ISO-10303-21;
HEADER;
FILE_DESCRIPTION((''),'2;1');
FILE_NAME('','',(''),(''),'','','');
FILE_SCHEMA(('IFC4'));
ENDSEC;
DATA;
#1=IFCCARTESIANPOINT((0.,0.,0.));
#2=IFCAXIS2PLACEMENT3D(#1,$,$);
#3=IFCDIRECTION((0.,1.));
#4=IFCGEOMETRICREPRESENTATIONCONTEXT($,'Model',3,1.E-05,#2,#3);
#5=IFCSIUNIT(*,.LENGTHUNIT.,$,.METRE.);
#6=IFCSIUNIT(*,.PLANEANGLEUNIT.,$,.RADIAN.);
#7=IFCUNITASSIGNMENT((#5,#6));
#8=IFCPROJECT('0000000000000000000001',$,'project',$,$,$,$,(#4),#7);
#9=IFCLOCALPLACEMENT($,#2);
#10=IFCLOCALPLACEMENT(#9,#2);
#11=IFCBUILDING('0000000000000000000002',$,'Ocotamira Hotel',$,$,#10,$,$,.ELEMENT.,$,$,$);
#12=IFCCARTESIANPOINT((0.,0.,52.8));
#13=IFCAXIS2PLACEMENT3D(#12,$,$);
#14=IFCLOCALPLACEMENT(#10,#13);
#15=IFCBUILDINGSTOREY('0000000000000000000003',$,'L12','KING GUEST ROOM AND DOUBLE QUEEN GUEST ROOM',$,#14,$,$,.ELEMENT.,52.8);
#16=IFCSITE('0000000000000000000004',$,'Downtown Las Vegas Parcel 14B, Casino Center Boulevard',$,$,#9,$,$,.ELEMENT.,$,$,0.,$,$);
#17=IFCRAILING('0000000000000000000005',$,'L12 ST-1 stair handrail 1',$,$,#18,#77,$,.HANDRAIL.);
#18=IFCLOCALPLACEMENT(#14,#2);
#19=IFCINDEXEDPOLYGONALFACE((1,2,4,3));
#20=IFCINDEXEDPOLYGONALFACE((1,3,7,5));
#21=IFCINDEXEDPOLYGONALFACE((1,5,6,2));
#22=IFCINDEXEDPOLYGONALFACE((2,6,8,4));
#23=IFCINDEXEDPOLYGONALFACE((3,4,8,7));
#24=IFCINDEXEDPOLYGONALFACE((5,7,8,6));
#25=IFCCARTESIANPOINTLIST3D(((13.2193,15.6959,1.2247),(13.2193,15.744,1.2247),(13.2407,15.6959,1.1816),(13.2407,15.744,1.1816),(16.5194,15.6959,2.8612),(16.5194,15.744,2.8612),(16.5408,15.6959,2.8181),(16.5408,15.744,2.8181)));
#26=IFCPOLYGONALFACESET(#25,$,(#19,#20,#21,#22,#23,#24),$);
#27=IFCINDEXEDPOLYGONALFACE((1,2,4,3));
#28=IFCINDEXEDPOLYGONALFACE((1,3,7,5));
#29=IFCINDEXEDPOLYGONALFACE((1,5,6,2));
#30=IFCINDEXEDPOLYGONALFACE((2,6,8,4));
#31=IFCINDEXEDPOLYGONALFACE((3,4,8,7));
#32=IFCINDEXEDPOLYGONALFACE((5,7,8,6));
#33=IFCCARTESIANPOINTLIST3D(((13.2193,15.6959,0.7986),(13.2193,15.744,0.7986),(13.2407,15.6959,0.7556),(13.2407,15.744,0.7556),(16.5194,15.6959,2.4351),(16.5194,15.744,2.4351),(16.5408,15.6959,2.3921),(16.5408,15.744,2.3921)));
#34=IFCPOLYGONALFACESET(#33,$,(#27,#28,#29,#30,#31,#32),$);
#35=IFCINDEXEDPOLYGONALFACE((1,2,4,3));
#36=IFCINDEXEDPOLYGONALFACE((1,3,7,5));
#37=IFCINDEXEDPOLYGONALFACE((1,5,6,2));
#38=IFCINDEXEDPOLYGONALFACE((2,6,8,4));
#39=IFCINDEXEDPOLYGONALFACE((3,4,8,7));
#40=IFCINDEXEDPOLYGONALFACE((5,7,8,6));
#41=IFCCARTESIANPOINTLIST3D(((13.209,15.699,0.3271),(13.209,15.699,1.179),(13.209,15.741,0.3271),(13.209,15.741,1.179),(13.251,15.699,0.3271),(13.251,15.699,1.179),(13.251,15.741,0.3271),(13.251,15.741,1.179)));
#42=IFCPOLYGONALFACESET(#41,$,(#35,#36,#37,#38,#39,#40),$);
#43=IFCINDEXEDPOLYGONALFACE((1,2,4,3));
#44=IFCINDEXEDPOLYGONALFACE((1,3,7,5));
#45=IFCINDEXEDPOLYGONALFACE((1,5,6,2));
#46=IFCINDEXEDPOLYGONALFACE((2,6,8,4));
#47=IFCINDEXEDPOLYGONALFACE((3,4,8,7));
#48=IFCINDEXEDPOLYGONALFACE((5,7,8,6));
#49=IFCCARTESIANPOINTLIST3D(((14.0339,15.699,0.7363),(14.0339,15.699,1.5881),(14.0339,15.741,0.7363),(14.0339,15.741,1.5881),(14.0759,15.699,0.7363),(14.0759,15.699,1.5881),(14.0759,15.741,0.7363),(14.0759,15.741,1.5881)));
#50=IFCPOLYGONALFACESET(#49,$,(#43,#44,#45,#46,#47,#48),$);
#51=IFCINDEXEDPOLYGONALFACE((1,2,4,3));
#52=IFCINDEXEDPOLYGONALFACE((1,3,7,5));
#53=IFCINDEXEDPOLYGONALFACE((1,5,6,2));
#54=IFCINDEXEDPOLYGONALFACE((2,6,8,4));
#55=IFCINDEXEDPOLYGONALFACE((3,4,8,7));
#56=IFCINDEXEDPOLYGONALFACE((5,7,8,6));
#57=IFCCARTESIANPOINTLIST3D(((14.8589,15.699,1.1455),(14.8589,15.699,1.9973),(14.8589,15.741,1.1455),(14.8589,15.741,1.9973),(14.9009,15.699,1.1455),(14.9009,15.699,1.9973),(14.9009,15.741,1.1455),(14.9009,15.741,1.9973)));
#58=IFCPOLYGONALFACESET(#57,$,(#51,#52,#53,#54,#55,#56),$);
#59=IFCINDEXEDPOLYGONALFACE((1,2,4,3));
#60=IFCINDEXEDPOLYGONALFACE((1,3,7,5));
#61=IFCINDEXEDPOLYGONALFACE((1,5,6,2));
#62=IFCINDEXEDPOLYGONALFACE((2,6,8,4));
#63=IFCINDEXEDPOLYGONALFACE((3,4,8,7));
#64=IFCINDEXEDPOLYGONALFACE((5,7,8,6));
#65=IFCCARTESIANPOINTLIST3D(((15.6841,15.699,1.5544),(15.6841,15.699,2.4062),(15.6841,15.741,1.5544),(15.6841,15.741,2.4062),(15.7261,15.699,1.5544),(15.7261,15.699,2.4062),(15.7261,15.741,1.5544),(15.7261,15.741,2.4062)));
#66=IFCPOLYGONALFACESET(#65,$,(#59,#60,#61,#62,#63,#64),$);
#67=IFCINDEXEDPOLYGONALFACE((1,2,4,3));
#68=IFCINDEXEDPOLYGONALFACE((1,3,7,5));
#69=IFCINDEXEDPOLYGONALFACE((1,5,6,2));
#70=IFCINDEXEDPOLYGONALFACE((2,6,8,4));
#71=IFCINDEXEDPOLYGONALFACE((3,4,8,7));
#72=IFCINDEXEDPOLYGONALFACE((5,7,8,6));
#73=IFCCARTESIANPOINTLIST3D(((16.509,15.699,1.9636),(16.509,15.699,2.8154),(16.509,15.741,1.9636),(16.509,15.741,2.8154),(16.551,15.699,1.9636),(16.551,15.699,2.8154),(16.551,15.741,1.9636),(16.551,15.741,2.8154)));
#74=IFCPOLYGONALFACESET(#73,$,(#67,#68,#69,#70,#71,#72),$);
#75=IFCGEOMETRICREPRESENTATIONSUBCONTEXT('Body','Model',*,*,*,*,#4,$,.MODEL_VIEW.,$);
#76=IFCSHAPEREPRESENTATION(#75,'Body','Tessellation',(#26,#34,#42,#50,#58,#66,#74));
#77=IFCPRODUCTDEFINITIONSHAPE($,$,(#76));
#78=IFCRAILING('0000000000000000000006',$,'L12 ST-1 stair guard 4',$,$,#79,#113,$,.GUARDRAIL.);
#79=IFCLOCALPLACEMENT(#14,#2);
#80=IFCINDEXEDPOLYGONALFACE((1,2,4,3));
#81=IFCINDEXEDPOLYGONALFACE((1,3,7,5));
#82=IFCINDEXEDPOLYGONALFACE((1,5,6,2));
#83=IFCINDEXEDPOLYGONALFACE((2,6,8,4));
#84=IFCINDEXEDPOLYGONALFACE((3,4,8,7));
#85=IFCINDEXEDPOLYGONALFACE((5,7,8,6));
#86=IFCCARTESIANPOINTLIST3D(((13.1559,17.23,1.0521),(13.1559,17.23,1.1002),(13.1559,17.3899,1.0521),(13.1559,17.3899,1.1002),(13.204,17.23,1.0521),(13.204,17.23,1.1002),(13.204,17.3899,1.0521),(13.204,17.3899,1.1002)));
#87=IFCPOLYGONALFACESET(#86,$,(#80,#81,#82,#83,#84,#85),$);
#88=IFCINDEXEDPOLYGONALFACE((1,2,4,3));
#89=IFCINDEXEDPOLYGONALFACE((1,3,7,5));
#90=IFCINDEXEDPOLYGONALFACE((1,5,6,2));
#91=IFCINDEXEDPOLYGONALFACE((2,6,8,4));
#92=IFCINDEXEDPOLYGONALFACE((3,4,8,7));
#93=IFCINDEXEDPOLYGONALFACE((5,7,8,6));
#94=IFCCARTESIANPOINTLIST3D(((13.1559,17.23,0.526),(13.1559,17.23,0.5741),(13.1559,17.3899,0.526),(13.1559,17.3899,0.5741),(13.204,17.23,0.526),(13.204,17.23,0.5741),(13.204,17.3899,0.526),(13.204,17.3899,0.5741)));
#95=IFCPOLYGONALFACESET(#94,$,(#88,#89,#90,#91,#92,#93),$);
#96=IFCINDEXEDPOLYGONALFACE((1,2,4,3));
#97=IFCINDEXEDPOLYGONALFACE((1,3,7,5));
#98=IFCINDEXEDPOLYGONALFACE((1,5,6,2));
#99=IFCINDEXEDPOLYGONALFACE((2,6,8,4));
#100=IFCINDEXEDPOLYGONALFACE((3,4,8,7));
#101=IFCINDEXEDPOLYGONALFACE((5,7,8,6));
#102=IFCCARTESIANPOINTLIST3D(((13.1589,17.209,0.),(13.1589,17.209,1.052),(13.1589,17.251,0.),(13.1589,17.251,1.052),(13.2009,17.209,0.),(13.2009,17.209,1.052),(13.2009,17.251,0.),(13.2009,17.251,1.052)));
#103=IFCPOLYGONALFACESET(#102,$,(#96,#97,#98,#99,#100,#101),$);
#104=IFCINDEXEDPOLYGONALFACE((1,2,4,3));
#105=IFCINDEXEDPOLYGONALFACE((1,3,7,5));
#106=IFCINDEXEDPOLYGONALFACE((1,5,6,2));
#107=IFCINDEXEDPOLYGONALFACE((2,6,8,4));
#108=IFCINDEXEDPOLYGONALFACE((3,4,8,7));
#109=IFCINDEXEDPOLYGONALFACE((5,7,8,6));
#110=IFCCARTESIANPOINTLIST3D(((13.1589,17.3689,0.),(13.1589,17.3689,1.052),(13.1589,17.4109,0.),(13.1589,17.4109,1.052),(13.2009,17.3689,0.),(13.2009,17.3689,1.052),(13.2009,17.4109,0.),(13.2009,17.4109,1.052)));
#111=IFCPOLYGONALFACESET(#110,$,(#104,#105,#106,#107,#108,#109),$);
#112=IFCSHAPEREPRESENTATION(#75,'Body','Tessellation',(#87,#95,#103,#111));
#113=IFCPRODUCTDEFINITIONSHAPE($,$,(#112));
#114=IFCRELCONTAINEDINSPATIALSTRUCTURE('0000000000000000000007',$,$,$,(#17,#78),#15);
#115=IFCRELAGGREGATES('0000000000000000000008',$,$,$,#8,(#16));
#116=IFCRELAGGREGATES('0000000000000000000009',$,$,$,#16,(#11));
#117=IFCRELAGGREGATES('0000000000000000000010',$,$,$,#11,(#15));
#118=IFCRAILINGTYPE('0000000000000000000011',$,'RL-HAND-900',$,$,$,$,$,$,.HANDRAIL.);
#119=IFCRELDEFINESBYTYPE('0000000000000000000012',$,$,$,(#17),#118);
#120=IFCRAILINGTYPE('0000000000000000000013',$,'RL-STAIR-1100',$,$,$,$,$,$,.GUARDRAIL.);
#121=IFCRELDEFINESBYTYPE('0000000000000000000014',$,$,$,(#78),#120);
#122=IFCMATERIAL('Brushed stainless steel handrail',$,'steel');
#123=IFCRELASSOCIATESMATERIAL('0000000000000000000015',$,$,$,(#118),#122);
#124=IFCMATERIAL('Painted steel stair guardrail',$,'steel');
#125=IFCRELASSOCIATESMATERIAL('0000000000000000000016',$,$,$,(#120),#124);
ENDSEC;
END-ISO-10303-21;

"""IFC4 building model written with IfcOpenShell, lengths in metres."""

from ifc_helpers import new_model, si_unit, direction, frame, origin, origin_2d, place, context, subcontext, project, spatial, rectangle, extrude, material, type_object, element, save


model = new_model("IFC4")

# Units and contexts
model_context = context("Model", 3, precision=1e-05, world=origin(), true_north=direction((0.0, 1.0)))
body_context = subcontext(model_context, "Body", "Model", "MODEL_VIEW")
ifc_project = project(units=[si_unit("LENGTHUNIT", "METRE"), si_unit("PLANEANGLEUNIT", "RADIAN")], contexts=[model_context])

# Site, building, storey
site_placement = place(None, origin())
site = spatial("IfcSite", under=ifc_project, at=site_placement, Name="Downtown Las Vegas Parcel 14B, Casino Center Boulevard", CompositionType="ELEMENT", RefElevation=0.0)
building_placement = place(site_placement, origin())
building = spatial("IfcBuilding", under=site, at=building_placement, Name="Ocotamira Hotel", CompositionType="ELEMENT")
storey_placement = place(building_placement, frame((0.0, 0.0, 52.8)))
storey = spatial("IfcBuildingStorey", under=building, at=storey_placement, Name="L12", Description="KING GUEST ROOM AND DOUBLE QUEEN GUEST ROOM", CompositionType="ELEMENT", Elevation=52.8)

# Railings
ifc_material_1 = material(Name="Brushed stainless steel handrail", Category="steel")
railing_type_1 = type_object("IfcRailingType", Name="RL-HAND-900", PredefinedType="HANDRAIL", material=ifc_material_1)
railing_1_placement = place(storey_placement, frame((13.23, 15.72, 0.3271)))
element("IfcRailing", 1, at=railing_1_placement, inside=storey, type_object=railing_type_1, Name="L12 ST-1 stair handrail 1", PredefinedType="HANDRAIL", context=body_context, shape_type="SweptSolid", body=[
    extrude(rectangle(XDim=0.0481, YDim=0.0481, at=origin_2d()), frame((0.0, 0.0, 0.876), z_axis=(0.895894, 0.0, 0.444268), x_axis=(0.0, 1.0, 0.0)), (0.0, 0.0, 1.0), 3.6836),
    extrude(rectangle(XDim=0.0481, YDim=0.0481, at=origin_2d()), frame((0.0, 0.0, 0.45), z_axis=(0.895894, 0.0, 0.444268), x_axis=(0.0, 1.0, 0.0)), (0.0, 0.0, 1.0), 3.6836),
    extrude(rectangle(XDim=0.042, YDim=0.042, at=origin_2d()), origin(), (0.0, 0.0, 1.0), 0.8518),
    extrude(rectangle(XDim=0.042, YDim=0.042, at=origin_2d()), frame((0.825, 0.0, 0.4092)), (0.0, 0.0, 1.0), 0.8518),
    extrude(rectangle(XDim=0.042, YDim=0.042, at=origin_2d()), frame((1.6499, 0.0, 0.8184)), (0.0, 0.0, 1.0), 0.8518),
    extrude(rectangle(XDim=0.042, YDim=0.042, at=origin_2d()), frame((2.4751, 0.0, 1.2273)), (0.0, 0.0, 1.0), 0.8518),
    extrude(rectangle(XDim=0.042, YDim=0.042, at=origin_2d()), frame((3.3, 0.0, 1.6365)), (0.0, 0.0, 1.0), 0.8518),
])
ifc_material_2 = material(Name="Painted steel stair guardrail", Category="steel")
railing_type_2 = type_object("IfcRailingType", Name="RL-STAIR-1100", PredefinedType="GUARDRAIL", material=ifc_material_2)
railing_2_placement = place(storey_placement, frame((13.1799, 17.23, 0.0)))
element("IfcRailing", 2, at=railing_2_placement, inside=storey, type_object=railing_type_2, Name="L12 ST-1 stair guard 4", PredefinedType="GUARDRAIL", context=body_context, shape_type="SweptSolid", body=[
    extrude(rectangle(XDim=0.0481, YDim=0.0481, at=origin_2d()), frame((0.0, 0.0, 1.0762), z_axis=(0.0, 1.0, 0.0), x_axis=(-1.0, 0.0, 0.0)), (0.0, 0.0, 1.0), 0.1599),
    extrude(rectangle(XDim=0.0481, YDim=0.0481, at=origin_2d()), frame((0.0, 0.0, 0.55), z_axis=(0.0, 1.0, 0.0), x_axis=(-1.0, 0.0, 0.0)), (0.0, 0.0, 1.0), 0.1599),
    extrude(rectangle(XDim=0.042, YDim=0.042, at=origin_2d()), origin(), (0.0, 0.0, 1.0), 1.052),
    extrude(rectangle(XDim=0.042, YDim=0.042, at=origin_2d()), frame((0.0, 0.1599, 0.0)), (0.0, 0.0, 1.0), 1.052),
])

save(model, "model.ifc")
